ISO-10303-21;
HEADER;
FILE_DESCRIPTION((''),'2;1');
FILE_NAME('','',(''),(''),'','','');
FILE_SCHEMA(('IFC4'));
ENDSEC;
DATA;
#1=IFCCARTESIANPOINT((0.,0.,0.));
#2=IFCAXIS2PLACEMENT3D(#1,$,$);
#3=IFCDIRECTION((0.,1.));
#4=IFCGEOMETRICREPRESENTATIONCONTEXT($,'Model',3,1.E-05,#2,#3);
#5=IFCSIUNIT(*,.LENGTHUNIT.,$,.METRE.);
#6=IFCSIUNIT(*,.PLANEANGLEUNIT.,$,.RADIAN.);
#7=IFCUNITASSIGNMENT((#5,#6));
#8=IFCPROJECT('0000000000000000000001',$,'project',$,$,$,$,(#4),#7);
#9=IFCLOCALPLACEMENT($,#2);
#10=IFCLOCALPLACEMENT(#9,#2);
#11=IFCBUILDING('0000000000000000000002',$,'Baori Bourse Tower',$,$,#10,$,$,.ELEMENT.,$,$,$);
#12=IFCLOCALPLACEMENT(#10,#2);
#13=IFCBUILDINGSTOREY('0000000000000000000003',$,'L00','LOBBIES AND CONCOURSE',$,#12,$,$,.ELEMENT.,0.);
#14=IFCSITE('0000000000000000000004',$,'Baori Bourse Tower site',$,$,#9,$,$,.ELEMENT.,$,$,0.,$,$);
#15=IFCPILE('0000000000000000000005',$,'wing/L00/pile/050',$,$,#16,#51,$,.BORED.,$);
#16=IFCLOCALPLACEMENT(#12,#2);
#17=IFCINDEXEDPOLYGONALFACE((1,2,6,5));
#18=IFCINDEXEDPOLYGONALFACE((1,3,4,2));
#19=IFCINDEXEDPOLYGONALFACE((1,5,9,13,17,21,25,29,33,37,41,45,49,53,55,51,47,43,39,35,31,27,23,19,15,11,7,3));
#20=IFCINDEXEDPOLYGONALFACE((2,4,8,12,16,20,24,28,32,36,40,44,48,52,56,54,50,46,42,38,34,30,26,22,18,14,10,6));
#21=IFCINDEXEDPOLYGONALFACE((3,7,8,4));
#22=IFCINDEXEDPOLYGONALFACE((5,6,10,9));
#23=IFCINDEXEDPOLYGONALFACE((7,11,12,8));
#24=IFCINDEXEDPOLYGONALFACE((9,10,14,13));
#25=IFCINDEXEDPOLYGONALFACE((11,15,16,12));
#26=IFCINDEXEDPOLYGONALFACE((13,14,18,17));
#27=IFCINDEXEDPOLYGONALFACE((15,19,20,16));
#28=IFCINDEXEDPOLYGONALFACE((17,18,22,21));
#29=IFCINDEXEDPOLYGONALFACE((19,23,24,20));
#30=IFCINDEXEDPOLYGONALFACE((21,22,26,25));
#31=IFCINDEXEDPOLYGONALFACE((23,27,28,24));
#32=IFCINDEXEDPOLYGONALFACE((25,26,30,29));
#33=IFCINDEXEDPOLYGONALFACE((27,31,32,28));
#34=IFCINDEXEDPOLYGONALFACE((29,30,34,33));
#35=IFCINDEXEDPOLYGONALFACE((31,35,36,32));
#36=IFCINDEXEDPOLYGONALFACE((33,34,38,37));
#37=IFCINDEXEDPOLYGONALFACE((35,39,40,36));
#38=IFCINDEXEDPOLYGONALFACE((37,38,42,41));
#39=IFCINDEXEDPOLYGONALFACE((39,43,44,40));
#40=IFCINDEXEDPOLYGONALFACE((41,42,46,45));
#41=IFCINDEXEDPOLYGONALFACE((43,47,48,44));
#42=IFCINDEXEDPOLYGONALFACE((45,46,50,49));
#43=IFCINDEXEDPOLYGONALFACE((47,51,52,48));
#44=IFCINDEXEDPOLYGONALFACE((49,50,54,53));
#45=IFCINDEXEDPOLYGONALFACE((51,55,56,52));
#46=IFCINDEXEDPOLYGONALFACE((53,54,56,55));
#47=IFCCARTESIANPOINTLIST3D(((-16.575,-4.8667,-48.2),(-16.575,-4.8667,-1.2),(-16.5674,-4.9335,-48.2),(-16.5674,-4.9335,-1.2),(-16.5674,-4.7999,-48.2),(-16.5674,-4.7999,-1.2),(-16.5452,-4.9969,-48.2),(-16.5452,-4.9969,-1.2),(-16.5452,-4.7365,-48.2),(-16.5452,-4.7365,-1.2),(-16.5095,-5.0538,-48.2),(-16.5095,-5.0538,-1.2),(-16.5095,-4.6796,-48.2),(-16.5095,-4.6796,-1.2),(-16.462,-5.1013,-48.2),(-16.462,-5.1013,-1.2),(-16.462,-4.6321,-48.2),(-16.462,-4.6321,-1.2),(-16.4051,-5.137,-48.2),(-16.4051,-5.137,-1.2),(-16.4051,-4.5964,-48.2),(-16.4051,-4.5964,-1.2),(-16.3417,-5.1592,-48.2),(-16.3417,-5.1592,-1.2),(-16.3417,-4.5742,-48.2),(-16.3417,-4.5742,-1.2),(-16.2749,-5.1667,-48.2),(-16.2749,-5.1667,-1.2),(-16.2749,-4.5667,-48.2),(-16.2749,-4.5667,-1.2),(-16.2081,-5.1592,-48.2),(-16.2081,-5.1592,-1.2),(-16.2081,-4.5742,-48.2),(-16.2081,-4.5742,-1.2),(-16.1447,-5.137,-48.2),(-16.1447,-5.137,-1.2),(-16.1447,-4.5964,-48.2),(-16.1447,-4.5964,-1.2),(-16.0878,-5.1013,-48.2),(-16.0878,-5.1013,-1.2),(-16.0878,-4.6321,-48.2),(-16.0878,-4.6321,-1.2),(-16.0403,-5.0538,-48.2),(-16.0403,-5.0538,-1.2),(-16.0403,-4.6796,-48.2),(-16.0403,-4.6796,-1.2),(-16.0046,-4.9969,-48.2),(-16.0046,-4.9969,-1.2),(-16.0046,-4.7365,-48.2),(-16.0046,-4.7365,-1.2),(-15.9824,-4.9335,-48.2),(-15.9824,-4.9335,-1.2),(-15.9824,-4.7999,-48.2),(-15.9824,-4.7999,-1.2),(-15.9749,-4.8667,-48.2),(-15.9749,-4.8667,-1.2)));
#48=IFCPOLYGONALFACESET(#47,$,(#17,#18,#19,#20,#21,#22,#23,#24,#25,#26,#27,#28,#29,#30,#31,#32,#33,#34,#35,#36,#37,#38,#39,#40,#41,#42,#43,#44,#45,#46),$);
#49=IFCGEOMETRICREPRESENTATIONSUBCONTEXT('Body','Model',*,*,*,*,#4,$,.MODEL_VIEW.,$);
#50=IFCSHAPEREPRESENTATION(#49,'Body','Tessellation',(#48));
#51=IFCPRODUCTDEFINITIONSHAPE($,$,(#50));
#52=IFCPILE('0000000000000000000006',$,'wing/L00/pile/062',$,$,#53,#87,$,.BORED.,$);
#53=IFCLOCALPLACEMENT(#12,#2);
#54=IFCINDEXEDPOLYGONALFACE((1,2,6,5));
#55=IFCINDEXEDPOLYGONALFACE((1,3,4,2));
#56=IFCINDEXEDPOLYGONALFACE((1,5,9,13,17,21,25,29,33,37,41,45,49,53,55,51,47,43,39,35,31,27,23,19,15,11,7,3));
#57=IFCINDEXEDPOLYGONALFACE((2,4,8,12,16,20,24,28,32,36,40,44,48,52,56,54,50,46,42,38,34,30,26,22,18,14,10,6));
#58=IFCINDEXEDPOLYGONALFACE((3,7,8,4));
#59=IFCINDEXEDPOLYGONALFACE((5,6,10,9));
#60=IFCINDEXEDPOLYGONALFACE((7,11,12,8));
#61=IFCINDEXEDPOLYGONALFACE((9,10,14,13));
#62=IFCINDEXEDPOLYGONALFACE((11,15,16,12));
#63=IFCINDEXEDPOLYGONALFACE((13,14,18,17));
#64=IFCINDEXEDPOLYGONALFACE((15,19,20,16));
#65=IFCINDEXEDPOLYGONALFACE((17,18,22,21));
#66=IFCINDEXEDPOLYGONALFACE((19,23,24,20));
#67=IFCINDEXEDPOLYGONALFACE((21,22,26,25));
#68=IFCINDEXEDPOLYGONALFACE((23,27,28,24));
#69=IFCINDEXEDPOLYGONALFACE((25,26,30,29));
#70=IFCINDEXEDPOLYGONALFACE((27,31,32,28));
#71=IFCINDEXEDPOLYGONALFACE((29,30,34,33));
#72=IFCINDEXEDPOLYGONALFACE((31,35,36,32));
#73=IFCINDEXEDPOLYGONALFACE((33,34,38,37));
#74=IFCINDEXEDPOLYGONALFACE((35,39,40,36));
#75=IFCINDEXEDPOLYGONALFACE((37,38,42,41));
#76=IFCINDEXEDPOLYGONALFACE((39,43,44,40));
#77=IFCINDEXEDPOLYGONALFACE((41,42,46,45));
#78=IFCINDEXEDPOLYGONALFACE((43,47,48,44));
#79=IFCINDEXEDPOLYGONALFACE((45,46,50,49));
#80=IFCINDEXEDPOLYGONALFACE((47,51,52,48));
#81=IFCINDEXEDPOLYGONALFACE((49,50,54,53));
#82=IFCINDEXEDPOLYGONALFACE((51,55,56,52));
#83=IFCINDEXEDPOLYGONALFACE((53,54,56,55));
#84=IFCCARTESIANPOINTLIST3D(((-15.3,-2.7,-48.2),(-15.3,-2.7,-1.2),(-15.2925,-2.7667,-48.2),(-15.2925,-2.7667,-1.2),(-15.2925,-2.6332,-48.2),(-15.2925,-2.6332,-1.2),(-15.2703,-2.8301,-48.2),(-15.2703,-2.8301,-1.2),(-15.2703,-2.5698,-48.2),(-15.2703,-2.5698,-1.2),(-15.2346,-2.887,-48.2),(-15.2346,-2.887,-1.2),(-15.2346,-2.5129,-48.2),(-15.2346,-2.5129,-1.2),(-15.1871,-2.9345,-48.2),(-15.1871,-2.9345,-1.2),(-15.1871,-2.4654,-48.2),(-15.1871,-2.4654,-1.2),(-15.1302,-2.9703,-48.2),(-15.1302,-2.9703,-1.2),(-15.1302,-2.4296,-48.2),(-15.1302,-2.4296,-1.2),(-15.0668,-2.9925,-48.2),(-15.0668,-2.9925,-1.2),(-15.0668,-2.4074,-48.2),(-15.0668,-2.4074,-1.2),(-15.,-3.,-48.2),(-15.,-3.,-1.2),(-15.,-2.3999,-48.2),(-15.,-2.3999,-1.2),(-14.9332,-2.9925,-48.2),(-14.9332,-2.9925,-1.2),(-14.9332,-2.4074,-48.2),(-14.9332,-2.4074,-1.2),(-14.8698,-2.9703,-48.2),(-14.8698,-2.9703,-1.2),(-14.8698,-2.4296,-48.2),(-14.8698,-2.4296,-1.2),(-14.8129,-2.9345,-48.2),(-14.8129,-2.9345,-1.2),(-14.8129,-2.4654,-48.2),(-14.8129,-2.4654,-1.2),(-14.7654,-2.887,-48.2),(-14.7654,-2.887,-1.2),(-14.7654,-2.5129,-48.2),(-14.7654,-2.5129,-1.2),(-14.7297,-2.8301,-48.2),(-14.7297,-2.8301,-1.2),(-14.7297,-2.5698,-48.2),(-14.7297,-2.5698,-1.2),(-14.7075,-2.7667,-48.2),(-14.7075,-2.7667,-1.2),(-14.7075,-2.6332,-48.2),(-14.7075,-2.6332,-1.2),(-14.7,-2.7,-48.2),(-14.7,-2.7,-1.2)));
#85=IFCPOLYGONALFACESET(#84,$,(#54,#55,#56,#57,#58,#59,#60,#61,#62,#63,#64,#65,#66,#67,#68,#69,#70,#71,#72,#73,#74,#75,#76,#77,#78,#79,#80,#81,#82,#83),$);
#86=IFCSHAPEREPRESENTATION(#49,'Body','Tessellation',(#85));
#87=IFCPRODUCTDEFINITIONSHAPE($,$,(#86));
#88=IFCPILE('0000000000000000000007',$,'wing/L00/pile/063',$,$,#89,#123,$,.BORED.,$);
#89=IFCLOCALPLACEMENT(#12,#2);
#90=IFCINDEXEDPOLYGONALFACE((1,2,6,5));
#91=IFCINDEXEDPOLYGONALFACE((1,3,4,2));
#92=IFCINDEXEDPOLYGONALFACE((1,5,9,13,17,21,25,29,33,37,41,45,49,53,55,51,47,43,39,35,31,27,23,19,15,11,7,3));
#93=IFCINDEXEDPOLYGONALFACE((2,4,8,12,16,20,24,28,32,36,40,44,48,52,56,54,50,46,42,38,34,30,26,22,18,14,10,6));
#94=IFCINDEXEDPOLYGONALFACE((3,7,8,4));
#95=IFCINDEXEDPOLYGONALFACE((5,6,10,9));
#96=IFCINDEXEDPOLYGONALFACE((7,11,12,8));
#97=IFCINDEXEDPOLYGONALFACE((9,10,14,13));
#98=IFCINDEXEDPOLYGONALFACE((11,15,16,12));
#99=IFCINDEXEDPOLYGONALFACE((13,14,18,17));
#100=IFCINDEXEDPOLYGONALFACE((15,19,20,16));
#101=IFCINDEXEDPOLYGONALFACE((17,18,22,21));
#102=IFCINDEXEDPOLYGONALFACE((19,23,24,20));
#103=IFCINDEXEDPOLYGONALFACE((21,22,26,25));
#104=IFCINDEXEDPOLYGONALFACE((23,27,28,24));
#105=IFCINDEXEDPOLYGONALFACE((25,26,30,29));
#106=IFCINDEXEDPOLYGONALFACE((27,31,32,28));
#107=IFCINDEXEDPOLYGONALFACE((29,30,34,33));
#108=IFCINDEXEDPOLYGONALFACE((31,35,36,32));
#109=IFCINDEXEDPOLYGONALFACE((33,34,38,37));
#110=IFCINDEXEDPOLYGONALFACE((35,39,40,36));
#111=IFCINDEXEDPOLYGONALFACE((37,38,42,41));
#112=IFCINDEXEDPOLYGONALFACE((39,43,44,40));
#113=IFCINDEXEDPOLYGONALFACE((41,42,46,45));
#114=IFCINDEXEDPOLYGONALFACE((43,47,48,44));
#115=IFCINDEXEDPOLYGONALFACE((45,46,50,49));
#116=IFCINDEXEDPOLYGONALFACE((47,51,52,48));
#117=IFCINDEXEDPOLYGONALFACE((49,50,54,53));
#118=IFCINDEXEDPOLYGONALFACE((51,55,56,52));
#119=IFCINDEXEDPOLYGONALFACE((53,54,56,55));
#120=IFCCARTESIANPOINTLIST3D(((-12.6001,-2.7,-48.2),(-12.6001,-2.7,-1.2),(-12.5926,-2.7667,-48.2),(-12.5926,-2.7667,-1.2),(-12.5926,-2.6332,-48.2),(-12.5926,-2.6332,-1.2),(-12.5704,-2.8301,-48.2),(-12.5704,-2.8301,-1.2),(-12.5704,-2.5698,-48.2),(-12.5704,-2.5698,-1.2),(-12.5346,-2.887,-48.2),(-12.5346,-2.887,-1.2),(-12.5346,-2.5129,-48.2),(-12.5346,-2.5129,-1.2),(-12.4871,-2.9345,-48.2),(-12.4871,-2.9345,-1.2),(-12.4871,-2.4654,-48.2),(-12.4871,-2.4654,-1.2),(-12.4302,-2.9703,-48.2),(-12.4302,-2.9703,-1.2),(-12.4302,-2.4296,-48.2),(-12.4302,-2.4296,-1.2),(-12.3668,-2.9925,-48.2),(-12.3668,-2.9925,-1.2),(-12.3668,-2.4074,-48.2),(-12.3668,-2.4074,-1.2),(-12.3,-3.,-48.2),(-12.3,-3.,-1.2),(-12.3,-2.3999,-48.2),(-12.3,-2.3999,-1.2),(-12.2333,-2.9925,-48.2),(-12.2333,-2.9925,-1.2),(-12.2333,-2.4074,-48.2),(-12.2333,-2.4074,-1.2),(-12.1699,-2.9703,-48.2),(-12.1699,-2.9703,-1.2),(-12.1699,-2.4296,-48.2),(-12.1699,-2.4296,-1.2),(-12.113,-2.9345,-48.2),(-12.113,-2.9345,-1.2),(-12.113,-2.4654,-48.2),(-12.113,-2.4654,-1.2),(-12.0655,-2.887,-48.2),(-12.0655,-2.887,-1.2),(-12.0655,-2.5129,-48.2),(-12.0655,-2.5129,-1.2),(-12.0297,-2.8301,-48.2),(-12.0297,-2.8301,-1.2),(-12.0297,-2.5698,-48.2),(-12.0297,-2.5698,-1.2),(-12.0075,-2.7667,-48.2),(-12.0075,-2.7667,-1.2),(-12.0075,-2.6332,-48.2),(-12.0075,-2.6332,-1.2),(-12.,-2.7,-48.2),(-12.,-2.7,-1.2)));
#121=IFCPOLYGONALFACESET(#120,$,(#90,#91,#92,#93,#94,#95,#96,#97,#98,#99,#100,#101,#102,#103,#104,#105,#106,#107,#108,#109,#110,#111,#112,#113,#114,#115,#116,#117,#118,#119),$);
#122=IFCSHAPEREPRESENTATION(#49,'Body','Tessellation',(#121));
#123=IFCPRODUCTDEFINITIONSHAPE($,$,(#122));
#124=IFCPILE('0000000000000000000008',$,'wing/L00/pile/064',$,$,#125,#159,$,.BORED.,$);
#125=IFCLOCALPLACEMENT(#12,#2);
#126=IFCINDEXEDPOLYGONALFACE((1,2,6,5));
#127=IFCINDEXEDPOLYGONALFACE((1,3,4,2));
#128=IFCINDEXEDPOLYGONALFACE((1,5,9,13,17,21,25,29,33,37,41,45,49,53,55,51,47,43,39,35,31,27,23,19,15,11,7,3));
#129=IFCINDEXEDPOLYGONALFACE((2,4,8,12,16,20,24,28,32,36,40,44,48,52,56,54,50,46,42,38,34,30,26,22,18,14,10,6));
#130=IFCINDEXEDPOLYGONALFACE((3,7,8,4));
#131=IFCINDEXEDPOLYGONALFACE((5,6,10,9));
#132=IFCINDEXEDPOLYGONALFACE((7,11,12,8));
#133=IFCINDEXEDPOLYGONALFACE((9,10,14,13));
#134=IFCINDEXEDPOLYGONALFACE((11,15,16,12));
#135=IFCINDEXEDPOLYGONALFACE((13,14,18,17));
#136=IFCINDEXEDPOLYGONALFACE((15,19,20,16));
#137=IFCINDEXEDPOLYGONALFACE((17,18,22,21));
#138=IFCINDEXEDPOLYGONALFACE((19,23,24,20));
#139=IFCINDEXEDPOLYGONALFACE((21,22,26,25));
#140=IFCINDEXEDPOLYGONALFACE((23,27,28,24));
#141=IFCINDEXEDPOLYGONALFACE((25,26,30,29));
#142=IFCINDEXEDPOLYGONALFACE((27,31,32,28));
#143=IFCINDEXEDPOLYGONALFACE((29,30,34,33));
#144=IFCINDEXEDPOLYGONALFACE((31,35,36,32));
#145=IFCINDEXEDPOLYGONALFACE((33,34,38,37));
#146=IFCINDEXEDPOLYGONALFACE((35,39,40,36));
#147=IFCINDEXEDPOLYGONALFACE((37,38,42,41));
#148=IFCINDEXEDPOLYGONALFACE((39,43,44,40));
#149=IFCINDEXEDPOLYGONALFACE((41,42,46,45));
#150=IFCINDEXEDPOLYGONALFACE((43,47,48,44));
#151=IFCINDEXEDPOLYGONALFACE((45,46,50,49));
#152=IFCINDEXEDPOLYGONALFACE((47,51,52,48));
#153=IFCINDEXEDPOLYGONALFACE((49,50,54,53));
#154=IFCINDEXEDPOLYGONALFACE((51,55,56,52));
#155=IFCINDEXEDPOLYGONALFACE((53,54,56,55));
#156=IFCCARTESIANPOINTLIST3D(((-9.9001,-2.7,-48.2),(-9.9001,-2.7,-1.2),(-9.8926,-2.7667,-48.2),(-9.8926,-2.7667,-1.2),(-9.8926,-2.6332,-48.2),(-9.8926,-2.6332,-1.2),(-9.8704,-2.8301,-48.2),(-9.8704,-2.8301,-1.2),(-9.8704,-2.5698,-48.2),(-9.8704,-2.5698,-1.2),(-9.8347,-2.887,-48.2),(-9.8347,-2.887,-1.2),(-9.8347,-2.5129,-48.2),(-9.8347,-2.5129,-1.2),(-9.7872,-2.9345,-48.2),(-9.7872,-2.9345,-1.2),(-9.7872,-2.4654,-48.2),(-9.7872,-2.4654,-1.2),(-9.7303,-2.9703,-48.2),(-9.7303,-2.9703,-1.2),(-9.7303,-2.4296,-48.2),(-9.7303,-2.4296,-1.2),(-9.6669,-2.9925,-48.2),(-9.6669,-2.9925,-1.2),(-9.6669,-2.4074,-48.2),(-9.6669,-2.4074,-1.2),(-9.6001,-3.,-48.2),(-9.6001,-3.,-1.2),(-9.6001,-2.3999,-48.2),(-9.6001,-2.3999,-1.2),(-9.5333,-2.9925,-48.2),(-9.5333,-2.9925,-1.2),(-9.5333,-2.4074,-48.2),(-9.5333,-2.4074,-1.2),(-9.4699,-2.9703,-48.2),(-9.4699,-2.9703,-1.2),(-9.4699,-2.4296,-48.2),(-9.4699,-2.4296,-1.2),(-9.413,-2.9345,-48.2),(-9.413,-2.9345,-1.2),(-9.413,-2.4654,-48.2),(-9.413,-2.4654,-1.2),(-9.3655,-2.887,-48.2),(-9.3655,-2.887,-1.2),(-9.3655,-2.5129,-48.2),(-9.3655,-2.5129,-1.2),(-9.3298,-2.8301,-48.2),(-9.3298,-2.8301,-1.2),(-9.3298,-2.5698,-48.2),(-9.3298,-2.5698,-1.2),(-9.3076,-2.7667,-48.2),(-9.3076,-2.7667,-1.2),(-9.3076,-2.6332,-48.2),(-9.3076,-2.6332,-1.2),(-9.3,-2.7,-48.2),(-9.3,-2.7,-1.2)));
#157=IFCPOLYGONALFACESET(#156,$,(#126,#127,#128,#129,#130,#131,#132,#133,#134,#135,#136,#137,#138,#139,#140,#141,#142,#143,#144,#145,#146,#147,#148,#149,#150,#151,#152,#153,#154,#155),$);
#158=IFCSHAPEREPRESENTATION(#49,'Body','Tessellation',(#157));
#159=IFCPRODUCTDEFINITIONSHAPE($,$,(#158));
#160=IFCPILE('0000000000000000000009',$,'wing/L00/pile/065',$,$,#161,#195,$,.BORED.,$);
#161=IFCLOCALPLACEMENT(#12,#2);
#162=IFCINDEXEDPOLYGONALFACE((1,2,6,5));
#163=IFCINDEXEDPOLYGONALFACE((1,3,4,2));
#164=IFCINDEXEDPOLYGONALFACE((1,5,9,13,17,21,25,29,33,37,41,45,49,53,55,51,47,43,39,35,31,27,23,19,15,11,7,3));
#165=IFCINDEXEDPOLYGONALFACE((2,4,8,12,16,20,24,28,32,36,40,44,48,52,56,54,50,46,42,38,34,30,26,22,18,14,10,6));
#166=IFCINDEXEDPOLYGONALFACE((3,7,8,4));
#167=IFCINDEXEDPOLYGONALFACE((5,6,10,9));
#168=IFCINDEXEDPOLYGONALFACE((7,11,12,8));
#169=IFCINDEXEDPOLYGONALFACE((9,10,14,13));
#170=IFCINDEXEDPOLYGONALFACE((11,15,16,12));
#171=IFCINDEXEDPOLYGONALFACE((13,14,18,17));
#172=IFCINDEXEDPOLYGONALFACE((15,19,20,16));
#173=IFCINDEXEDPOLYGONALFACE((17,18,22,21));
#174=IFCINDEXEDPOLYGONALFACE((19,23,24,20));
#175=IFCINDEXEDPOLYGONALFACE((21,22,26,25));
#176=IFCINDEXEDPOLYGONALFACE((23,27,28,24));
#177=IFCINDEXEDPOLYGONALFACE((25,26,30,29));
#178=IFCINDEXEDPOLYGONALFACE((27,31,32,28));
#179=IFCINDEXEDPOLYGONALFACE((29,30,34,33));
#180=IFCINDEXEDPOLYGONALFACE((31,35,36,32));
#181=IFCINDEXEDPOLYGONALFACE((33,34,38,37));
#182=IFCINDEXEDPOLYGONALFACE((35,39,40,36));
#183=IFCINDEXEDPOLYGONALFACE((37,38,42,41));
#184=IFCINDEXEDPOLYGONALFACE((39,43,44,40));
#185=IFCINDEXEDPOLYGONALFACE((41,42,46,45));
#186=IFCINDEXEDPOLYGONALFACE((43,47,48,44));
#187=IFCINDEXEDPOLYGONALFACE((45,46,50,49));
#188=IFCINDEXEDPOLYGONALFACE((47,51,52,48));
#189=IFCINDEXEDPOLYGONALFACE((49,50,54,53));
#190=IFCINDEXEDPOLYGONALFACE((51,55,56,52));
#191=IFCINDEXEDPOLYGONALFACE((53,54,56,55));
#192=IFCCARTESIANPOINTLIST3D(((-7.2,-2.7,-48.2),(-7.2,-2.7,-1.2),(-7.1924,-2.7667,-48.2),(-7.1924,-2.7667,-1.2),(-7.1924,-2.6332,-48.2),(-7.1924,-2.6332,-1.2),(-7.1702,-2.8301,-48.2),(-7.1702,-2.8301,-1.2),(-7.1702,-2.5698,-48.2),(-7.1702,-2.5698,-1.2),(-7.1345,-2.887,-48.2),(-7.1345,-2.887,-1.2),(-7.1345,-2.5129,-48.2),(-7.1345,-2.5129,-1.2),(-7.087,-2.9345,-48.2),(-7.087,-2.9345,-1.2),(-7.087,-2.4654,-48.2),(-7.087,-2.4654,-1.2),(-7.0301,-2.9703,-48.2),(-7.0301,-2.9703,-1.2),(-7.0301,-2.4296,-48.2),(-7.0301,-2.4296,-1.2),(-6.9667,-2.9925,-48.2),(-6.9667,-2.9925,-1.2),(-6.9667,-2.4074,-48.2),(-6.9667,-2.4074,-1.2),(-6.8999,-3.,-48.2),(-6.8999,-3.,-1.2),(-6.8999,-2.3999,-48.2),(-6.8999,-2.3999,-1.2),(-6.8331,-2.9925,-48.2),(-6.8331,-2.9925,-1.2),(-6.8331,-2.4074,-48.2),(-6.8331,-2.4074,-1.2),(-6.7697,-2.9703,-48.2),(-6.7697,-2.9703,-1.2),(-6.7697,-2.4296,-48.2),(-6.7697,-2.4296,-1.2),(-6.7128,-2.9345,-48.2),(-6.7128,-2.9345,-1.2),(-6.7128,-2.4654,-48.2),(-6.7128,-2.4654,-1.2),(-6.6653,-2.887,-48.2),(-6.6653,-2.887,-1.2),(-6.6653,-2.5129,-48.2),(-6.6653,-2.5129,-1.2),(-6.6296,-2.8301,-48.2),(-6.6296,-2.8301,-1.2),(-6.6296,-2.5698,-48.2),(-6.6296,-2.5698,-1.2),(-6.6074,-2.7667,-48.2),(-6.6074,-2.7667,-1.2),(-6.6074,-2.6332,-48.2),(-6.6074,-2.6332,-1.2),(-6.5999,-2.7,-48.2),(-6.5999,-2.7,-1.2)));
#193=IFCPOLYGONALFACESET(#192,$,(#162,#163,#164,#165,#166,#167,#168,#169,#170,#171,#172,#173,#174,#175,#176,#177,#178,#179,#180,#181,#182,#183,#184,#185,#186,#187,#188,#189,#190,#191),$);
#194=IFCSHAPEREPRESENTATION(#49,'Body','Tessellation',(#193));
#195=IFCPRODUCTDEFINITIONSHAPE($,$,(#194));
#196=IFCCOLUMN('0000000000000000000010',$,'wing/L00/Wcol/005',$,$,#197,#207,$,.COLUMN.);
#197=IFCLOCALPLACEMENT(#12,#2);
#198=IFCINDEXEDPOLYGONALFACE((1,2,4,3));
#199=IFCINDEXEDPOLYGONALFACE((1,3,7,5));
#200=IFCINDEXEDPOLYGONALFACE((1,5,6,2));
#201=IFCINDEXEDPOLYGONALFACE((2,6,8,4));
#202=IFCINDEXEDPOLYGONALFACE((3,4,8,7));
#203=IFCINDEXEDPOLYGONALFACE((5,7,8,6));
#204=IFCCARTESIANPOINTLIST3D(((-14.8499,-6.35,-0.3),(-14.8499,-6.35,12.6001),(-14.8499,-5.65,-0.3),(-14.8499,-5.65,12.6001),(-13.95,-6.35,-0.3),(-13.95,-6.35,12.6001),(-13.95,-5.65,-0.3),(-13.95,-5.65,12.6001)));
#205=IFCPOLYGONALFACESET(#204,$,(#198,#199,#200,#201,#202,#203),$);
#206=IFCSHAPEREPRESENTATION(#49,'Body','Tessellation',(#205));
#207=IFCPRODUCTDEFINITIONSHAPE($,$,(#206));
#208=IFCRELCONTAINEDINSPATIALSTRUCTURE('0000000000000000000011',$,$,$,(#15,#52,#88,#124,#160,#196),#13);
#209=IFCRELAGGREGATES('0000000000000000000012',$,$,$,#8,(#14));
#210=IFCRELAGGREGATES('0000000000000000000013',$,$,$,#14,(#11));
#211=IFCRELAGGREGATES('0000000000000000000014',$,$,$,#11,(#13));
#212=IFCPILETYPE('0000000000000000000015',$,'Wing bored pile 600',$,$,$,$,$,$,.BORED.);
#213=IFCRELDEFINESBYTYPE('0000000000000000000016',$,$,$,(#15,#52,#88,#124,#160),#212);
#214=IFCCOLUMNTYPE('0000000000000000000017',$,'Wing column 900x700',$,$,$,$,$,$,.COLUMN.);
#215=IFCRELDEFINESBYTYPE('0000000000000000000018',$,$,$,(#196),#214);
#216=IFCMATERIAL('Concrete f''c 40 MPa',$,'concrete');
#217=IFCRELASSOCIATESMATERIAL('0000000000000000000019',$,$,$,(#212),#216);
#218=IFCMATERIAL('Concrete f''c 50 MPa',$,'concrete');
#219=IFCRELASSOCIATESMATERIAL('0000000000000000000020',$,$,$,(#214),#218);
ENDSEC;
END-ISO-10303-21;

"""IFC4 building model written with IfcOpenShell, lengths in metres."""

from ifc_helpers import new_model, si_unit, direction, frame, origin, origin_2d, place, context, subcontext, project, spatial, rectangle, circle, extrude, material, material_profile, profile_set, type_object, element, save


model = new_model("IFC4")

# Units and contexts
model_context = context("Model", 3, precision=1e-05, world=origin(), true_north=direction((0.0, 1.0)))
body_context = subcontext(model_context, "Body", "Model", "MODEL_VIEW")
ifc_project = project(units=[si_unit("LENGTHUNIT", "METRE"), si_unit("PLANEANGLEUNIT", "RADIAN")], contexts=[model_context])

# Site, building, storey
site_placement = place(None, origin())
site = spatial("IfcSite", under=ifc_project, at=site_placement, Name="Baori Bourse Tower site", CompositionType="ELEMENT", RefElevation=0.0)
building_placement = place(site_placement, origin())
building = spatial("IfcBuilding", under=site, at=building_placement, Name="Baori Bourse Tower", CompositionType="ELEMENT")
storey_placement = place(building_placement, origin())
storey = spatial("IfcBuildingStorey", under=building, at=storey_placement, Name="L00", Description="LOBBIES AND CONCOURSE", CompositionType="ELEMENT", Elevation=0.0)

# Piles
ifc_material_1 = material(Name="Concrete f'c 40 MPa", Category="concrete")
ifc_material_profile_1 = material_profile(ifc_material_1, circle(Radius=0.3, at=origin_2d()), Name="Wing bored pile 600")
ifc_profile_set_1 = profile_set([ifc_material_profile_1], Name="Concrete f'c 40 MPa")
pile_type = type_object("IfcPileType", Name="Wing bored pile 600", PredefinedType="BORED", material=ifc_profile_set_1)
for number, where, z_axis, x_axis, name in (
    (1, (-16.2749, -4.8667, -1.2), (0.0, 0.0, -1.0), (1.0, 0.0, 0.0), "wing/L00/pile/050"),
    (2, (-15.0, -2.7, -1.2), (0.0, 0.0, -1.0), (1.0, 0.0, 0.0), "wing/L00/pile/062"),
    (3, (-12.3, -2.7, -1.2), (0.0, 0.0, -1.0), (1.0, 0.0, 0.0), "wing/L00/pile/063"),
    (4, (-9.6001, -2.7, -1.2), (0.0, 0.0, -1.0), (1.0, 0.0, 0.0), "wing/L00/pile/064"),
    (5, (-6.8999, -2.7, -1.2), (0.0, 0.0, -1.0), (1.0, 0.0, 0.0), "wing/L00/pile/065"),
):
    element("IfcPile", number, at=place(storey_placement, frame(where, z_axis=z_axis, x_axis=x_axis)), inside=storey, type_object=pile_type, Name=name, PredefinedType="BORED", context=body_context, shape_type="SweptSolid", body=[
        extrude(circle(Radius=0.3, at=origin_2d()), origin(), (0.0, 0.0, 1.0), 47.0),
    ])

# Column
ifc_material_2 = material(Name="Concrete f'c 50 MPa", Category="concrete")
ifc_material_profile_2 = material_profile(ifc_material_2, rectangle(XDim=0.8999, YDim=0.7, at=origin_2d()), Name="Wing column 900x700")
ifc_profile_set_2 = profile_set([ifc_material_profile_2], Name="Concrete f'c 50 MPa")
column_type = type_object("IfcColumnType", Name="Wing column 900x700", PredefinedType="COLUMN", material=ifc_profile_set_2)
for number, where, z_axis, x_axis, name in (
    (6, (-14.3999, -6.0, -0.3), (0.0, 0.0, 1.0), (1.0, 0.0, 0.0), "wing/L00/Wcol/005"),
):
    element("IfcColumn", number, at=place(storey_placement, frame(where, z_axis=z_axis, x_axis=x_axis)), inside=storey, type_object=column_type, Name=name, PredefinedType="COLUMN", context=body_context, shape_type="SweptSolid", body=[
        extrude(rectangle(XDim=0.8999, YDim=0.7, at=origin_2d()), origin(), (0.0, 0.0, 1.0), 12.9001),
    ])

save(model, "model.ifc")
